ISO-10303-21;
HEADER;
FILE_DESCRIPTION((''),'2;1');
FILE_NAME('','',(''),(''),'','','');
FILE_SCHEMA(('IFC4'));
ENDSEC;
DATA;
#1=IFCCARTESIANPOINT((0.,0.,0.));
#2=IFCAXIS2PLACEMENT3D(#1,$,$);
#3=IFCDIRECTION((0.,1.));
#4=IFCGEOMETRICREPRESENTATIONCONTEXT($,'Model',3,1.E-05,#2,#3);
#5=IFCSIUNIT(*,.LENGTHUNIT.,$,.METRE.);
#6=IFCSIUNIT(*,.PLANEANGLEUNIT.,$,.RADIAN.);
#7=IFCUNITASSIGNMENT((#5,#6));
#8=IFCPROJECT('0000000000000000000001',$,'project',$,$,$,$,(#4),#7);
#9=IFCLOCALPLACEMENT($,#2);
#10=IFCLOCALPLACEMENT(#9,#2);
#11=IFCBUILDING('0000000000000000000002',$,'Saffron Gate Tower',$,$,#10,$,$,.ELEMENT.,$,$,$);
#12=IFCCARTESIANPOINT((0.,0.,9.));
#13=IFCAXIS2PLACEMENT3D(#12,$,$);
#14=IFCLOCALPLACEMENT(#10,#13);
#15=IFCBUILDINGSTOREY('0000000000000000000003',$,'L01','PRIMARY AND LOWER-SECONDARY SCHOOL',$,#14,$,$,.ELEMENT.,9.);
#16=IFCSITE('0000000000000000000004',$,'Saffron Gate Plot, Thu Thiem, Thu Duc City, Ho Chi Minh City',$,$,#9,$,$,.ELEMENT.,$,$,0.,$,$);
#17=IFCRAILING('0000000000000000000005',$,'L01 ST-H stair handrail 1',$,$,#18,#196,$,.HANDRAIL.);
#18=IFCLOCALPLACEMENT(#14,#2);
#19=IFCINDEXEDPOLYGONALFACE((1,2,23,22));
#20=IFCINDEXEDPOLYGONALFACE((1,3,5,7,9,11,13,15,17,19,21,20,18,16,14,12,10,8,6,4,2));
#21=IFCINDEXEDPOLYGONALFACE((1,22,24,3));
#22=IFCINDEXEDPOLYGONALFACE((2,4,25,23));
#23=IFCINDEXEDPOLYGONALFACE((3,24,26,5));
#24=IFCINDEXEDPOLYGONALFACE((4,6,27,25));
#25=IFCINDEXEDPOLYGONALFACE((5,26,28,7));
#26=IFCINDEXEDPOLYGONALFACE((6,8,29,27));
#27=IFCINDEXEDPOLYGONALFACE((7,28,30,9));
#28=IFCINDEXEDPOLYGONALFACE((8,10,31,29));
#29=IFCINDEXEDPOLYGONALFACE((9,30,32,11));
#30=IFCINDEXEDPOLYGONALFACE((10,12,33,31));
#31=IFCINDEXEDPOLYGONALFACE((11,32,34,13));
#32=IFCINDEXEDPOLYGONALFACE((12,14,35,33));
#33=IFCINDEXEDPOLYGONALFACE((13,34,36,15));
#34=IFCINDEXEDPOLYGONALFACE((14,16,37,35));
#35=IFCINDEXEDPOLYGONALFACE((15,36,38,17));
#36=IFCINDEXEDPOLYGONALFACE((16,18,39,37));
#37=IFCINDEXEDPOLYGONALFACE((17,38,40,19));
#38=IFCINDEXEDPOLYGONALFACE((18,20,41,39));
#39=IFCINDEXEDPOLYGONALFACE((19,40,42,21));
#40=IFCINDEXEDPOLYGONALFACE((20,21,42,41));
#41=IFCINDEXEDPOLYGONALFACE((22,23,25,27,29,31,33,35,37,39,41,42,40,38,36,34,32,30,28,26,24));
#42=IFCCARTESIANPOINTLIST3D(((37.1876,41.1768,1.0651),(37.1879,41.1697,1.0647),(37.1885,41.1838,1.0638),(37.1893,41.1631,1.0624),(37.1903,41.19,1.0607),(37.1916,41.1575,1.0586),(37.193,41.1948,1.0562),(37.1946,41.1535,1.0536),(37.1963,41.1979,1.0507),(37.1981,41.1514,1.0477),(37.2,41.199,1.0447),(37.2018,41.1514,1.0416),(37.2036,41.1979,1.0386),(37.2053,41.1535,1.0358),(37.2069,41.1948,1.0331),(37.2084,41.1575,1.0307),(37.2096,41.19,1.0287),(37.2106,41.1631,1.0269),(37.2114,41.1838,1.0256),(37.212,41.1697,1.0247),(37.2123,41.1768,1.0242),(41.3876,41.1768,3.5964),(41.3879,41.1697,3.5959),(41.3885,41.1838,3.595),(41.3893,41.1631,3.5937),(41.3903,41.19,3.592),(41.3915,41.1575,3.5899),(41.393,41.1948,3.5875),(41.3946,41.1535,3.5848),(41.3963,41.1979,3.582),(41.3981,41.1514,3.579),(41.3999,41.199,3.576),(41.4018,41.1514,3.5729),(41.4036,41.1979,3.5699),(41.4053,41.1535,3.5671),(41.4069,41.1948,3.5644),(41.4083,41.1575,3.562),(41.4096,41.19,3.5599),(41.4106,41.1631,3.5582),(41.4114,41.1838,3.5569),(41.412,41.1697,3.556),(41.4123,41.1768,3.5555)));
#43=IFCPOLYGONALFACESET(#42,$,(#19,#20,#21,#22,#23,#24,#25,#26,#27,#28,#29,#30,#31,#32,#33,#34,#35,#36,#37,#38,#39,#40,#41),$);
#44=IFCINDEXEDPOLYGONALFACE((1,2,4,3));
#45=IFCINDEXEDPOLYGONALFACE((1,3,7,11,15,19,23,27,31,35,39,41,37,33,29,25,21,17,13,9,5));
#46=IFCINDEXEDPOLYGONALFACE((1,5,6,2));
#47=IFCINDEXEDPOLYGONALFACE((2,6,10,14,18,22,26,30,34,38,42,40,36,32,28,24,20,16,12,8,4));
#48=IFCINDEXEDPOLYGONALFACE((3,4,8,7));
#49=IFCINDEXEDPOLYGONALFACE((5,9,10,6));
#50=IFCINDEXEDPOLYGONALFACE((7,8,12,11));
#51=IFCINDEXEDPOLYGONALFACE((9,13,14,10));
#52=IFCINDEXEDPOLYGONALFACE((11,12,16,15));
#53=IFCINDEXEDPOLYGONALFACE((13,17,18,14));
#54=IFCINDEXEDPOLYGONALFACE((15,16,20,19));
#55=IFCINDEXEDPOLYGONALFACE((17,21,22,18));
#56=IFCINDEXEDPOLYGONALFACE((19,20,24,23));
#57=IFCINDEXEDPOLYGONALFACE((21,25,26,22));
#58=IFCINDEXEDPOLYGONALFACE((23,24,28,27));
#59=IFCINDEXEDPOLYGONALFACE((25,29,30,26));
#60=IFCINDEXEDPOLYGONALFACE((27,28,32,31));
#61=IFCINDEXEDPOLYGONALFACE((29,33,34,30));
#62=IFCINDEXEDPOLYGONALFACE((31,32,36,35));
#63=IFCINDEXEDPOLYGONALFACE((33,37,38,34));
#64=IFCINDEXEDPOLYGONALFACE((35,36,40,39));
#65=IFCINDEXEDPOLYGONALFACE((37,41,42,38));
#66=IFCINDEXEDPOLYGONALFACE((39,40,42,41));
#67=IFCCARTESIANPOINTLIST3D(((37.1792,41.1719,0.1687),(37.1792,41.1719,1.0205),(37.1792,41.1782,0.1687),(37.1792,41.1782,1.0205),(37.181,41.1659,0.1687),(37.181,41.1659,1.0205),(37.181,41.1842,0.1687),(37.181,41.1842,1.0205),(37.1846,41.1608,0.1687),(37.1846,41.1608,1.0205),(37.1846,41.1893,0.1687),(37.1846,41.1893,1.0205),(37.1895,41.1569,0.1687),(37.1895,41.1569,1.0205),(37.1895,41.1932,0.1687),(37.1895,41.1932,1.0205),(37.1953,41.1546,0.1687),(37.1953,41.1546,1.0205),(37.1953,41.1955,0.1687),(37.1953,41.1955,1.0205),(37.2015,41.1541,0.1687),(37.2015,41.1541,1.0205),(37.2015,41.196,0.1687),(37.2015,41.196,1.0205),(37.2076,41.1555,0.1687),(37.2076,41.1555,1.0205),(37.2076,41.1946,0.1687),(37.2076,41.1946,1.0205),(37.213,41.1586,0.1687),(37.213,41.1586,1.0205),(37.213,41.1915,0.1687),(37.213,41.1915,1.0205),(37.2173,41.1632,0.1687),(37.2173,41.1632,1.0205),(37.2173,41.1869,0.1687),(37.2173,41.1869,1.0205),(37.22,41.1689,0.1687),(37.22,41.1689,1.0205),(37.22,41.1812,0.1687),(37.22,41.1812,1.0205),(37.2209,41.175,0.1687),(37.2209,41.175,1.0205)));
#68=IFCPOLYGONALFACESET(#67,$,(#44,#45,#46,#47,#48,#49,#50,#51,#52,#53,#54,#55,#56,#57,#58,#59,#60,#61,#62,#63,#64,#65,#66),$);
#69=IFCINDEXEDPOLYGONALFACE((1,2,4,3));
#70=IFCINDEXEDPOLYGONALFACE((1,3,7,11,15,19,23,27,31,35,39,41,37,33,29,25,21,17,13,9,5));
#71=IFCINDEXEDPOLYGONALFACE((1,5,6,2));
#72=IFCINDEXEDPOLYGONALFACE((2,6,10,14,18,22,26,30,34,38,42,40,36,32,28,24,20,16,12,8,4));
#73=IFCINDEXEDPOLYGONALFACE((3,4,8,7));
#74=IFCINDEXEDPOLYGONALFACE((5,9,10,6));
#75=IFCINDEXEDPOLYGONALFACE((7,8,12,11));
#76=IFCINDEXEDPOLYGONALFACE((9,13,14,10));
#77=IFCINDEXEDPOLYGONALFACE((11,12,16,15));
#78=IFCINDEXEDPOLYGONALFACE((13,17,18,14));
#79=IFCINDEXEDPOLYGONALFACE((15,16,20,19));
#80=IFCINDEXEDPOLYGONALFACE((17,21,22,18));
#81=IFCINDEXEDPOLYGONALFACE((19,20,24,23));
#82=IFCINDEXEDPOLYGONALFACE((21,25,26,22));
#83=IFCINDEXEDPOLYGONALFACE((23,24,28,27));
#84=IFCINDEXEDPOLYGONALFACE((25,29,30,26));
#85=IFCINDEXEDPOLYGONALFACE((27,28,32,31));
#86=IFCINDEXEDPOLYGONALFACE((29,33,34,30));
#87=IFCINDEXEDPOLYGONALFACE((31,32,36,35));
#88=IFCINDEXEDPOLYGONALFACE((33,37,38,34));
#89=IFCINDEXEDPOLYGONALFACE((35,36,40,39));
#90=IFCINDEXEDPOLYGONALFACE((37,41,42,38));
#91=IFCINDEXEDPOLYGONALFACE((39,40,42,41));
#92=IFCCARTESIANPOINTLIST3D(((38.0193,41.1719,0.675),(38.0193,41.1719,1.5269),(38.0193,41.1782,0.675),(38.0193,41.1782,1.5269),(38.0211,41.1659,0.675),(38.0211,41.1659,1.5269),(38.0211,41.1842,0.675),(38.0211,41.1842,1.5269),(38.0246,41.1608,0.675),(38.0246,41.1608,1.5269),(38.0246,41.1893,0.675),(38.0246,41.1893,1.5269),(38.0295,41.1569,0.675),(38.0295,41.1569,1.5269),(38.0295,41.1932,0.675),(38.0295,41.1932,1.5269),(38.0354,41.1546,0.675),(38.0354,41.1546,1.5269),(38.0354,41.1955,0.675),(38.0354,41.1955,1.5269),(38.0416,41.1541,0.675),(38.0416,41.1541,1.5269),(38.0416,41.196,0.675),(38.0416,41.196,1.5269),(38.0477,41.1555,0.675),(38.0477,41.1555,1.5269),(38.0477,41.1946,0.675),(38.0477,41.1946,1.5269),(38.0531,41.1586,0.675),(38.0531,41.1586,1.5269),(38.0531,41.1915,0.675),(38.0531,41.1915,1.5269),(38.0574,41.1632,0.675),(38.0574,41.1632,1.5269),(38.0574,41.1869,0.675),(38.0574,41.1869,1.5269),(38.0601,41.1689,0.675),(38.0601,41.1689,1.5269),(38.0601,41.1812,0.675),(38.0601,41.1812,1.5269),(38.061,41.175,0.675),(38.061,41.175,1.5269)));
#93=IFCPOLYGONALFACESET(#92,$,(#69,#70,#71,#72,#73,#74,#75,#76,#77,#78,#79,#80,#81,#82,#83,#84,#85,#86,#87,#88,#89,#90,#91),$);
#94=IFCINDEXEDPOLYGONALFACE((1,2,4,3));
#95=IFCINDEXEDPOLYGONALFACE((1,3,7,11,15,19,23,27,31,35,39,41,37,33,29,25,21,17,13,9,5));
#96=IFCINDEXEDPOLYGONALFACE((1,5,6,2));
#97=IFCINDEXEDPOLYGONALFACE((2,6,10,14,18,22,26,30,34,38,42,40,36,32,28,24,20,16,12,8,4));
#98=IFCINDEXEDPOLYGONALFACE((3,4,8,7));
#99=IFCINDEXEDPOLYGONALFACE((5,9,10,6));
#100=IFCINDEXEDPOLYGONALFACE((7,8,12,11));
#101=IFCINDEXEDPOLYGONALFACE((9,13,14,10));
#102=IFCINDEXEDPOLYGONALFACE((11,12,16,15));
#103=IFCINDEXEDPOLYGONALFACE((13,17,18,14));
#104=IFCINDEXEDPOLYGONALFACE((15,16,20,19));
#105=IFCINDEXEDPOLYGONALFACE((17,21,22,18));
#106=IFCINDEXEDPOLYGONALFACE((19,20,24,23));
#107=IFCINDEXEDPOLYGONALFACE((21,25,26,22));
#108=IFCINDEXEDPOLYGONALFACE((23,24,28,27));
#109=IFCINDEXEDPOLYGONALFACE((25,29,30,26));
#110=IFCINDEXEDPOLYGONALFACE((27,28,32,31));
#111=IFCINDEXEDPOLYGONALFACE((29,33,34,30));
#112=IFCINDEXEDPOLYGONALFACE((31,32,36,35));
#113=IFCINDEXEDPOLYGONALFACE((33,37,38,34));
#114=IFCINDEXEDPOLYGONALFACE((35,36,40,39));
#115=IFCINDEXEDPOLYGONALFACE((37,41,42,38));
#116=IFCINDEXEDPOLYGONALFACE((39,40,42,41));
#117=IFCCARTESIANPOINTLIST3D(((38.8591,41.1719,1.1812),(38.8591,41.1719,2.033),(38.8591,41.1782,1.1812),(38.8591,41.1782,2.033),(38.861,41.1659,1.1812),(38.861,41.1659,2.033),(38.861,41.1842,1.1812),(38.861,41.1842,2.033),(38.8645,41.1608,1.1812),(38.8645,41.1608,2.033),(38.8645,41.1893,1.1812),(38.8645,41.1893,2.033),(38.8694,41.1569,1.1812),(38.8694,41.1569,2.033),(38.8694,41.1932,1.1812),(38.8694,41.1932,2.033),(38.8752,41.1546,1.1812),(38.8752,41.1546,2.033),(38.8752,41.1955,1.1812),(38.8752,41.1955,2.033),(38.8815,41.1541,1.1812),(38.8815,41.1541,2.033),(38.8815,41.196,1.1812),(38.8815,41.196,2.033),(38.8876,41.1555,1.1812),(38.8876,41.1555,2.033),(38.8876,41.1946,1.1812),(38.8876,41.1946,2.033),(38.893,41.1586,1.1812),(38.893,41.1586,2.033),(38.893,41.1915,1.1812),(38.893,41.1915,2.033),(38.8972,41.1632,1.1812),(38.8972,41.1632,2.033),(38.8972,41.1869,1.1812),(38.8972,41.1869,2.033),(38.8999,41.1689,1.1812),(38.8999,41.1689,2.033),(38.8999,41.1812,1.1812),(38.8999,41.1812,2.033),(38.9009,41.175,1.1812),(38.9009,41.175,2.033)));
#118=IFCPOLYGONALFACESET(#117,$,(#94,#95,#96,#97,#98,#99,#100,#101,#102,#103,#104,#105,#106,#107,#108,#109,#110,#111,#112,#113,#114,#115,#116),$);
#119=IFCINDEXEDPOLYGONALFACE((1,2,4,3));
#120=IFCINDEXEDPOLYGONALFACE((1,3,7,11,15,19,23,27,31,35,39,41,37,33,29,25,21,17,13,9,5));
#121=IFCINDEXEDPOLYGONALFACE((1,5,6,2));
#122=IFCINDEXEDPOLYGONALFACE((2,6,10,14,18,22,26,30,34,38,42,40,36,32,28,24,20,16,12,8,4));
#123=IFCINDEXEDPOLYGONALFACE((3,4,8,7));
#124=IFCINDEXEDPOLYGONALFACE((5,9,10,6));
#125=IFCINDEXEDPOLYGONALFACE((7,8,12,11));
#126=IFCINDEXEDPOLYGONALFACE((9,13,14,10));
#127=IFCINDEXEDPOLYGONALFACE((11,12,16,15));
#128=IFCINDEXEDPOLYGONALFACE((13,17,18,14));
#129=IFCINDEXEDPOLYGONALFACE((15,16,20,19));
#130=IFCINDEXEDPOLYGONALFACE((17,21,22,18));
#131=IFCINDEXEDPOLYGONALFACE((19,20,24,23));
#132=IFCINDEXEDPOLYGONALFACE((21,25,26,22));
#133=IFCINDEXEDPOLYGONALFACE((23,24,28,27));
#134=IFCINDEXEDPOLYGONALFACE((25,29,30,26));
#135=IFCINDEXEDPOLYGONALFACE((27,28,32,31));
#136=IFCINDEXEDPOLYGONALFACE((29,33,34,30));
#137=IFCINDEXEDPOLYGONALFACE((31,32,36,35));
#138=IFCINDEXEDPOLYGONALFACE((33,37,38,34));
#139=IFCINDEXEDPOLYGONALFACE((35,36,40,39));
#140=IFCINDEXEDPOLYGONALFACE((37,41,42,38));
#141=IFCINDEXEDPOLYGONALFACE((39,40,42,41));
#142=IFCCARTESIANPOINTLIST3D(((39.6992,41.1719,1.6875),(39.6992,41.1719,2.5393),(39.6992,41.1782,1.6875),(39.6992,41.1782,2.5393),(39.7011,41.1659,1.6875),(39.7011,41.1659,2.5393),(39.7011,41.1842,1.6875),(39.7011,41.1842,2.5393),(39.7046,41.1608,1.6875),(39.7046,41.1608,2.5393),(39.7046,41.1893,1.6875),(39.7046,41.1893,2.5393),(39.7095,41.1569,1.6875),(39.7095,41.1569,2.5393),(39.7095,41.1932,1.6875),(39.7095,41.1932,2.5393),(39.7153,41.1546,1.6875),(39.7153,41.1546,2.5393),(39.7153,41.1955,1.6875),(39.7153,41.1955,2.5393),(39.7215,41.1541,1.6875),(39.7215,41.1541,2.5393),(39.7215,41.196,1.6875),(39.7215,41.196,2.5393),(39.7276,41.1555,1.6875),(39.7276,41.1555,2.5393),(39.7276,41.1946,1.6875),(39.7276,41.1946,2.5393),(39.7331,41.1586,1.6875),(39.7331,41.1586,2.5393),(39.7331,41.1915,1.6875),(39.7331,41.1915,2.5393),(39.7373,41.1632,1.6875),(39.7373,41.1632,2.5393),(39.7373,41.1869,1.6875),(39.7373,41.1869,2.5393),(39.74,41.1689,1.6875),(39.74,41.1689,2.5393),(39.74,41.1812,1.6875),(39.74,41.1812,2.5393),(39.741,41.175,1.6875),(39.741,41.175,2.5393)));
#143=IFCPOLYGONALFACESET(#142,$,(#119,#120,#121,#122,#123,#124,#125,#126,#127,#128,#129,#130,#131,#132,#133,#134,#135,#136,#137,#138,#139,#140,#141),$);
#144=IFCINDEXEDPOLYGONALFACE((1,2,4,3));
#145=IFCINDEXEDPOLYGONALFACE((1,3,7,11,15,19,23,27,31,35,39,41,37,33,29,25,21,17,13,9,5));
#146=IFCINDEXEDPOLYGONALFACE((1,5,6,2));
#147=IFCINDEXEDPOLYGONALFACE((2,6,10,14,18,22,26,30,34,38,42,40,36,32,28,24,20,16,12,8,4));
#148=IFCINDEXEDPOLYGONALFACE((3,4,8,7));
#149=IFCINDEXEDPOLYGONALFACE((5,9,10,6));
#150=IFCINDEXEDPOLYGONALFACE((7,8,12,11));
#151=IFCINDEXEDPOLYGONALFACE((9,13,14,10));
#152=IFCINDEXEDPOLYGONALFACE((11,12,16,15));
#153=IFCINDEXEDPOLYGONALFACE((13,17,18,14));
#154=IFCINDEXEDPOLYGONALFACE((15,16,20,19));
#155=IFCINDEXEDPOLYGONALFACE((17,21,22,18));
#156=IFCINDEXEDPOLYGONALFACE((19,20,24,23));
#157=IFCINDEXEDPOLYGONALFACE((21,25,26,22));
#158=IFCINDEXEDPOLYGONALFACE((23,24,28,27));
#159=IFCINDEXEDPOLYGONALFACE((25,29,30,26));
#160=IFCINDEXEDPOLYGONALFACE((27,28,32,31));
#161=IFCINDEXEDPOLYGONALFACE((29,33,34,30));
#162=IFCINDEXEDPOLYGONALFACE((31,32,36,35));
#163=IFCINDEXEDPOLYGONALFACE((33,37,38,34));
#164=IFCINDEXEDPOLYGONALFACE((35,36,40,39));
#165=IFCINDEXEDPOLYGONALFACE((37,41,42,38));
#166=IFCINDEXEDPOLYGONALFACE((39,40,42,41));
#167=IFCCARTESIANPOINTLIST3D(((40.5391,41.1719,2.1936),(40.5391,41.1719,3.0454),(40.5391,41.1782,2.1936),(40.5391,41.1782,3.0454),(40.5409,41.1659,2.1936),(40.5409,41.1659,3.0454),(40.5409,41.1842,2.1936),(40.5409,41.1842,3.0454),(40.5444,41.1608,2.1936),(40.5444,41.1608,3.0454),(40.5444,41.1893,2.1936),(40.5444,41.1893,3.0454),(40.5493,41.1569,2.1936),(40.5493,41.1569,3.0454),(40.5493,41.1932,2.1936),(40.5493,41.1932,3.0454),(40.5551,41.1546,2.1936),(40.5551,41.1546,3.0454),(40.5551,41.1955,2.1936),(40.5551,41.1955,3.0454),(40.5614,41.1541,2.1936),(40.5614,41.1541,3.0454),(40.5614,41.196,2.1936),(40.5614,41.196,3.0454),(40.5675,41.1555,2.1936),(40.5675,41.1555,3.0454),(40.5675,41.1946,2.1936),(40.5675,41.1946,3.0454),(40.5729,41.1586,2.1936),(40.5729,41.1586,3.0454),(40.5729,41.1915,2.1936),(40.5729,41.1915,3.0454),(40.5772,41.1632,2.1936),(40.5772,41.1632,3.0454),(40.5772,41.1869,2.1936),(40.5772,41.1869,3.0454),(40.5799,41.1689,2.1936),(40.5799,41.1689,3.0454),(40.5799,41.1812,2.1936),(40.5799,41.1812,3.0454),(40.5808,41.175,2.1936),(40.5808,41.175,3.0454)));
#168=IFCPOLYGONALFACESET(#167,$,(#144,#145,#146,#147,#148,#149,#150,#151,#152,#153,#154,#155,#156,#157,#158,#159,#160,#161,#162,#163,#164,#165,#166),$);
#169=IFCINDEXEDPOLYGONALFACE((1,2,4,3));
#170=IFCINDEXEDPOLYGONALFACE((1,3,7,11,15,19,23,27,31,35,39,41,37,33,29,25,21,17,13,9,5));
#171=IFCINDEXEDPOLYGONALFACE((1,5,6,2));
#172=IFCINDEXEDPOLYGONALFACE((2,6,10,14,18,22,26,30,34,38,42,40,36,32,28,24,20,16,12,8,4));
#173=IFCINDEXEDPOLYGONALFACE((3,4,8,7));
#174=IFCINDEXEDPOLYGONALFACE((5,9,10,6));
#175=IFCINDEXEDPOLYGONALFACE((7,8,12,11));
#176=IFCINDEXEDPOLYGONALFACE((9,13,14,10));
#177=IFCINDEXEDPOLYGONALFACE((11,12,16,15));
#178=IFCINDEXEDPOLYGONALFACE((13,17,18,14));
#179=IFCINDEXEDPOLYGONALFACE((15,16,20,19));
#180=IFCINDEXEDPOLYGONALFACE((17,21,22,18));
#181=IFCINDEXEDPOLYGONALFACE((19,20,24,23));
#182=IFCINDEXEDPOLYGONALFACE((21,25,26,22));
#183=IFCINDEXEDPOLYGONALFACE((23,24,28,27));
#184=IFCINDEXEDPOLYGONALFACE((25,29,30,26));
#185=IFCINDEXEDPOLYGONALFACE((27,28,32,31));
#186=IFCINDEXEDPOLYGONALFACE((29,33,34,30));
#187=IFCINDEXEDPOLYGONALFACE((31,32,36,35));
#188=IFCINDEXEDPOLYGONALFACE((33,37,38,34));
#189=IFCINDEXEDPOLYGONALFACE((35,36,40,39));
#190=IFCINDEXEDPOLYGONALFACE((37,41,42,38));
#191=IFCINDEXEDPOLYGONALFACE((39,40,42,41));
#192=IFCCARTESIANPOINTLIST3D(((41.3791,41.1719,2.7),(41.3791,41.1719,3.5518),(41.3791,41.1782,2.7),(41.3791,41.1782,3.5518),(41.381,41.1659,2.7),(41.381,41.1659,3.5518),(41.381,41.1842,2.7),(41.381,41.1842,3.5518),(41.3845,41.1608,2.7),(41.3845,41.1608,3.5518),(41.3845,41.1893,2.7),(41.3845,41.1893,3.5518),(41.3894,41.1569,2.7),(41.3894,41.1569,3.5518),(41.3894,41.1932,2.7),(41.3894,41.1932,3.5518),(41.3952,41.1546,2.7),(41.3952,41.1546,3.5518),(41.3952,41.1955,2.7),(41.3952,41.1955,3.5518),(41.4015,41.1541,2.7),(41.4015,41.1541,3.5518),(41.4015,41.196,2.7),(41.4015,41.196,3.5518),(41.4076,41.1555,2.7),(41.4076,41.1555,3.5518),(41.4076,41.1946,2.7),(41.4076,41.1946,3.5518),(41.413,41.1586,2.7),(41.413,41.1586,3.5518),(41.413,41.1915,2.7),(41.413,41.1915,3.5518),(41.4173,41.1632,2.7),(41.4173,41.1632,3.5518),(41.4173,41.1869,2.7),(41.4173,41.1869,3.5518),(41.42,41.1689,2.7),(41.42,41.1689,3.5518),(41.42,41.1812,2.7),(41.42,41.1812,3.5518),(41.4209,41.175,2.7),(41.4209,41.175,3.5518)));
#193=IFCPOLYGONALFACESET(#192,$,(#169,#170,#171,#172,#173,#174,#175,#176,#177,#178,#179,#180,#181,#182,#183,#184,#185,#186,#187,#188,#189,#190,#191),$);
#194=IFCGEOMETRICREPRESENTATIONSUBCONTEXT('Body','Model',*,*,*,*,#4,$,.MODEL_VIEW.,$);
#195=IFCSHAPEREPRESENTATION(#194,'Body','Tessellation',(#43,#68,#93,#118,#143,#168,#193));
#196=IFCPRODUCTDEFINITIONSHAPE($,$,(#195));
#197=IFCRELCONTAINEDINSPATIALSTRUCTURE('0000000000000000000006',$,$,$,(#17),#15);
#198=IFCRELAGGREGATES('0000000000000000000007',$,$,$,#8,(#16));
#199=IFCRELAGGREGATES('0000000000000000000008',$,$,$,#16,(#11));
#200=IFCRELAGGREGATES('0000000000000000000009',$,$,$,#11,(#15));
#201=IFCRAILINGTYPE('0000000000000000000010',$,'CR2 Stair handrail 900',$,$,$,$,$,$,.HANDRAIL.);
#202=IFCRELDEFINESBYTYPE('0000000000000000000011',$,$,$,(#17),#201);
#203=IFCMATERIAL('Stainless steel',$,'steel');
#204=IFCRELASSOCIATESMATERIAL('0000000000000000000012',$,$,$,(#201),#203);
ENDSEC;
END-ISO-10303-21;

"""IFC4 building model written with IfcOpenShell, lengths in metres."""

from ifc_helpers import new_model, si_unit, direction, frame, origin, origin_2d, place, context, subcontext, project, spatial, circle, extrude, material, type_object, element, save


model = new_model("IFC4")

# Units and contexts
model_context = context("Model", 3, precision=1e-05, world=origin(), true_north=direction((0.0, 1.0)))
body_context = subcontext(model_context, "Body", "Model", "MODEL_VIEW")
ifc_project = project(units=[si_unit("LENGTHUNIT", "METRE"), si_unit("PLANEANGLEUNIT", "RADIAN")], contexts=[model_context])

# Site, building, storey
site_placement = place(None, origin())
site = spatial("IfcSite", under=ifc_project, at=site_placement, Name="Saffron Gate Plot, Thu Thiem, Thu Duc City, Ho Chi Minh City", CompositionType="ELEMENT", RefElevation=0.0)
building_placement = place(site_placement, origin())
building = spatial("IfcBuilding", under=site, at=building_placement, Name="Saffron Gate Tower", CompositionType="ELEMENT")
storey_placement = place(building_placement, frame((0.0, 0.0, 9.0)))
storey = spatial("IfcBuildingStorey", under=building, at=storey_placement, Name="L01", Description="PRIMARY AND LOWER-SECONDARY SCHOOL", CompositionType="ELEMENT", Elevation=9.0)

# Railing
ifc_material_1 = material(Name="Stainless steel", Category="steel")
railing_type_1 = type_object("IfcRailingType", Name="CR2 Stair handrail 900", PredefinedType="HANDRAIL", material=ifc_material_1)
railing_1_placement = place(storey_placement, frame((37.2, 41.175, 0.1687)))
element("IfcRailing", 1, at=railing_1_placement, inside=storey, type_object=railing_type_1, Name="L01 ST-H stair handrail 1", PredefinedType="HANDRAIL", context=body_context, shape_type="SweptSolid", body=[
    extrude(circle(Radius=0.0239, at=origin_2d()), frame((0.0, 0.0, 0.876), z_axis=(0.856476, 0.0, 0.516186), x_axis=(0.0, 1.0, 0.0)), (0.0, 0.0, 1.0), 4.9038),
    extrude(circle(Radius=0.021, at=origin_2d()), origin(), (0.0, 0.0, 1.0), 0.8518),
    extrude(circle(Radius=0.021, at=origin_2d()), frame((0.8401, 0.0, 0.5063)), (0.0, 0.0, 1.0), 0.8518),
    extrude(circle(Radius=0.021, at=origin_2d()), frame((1.6799, 0.0, 1.0125)), (0.0, 0.0, 1.0), 0.8518),
    extrude(circle(Radius=0.021, at=origin_2d()), frame((2.52, 0.0, 1.5188)), (0.0, 0.0, 1.0), 0.8518),
    extrude(circle(Radius=0.021, at=origin_2d()), frame((3.3599, 0.0, 2.0249)), (0.0, 0.0, 1.0), 0.8518),
    extrude(circle(Radius=0.021, at=origin_2d()), frame((4.2, 0.0, 2.5312)), (0.0, 0.0, 1.0), 0.8518),
])

save(model, "model.ifc")
